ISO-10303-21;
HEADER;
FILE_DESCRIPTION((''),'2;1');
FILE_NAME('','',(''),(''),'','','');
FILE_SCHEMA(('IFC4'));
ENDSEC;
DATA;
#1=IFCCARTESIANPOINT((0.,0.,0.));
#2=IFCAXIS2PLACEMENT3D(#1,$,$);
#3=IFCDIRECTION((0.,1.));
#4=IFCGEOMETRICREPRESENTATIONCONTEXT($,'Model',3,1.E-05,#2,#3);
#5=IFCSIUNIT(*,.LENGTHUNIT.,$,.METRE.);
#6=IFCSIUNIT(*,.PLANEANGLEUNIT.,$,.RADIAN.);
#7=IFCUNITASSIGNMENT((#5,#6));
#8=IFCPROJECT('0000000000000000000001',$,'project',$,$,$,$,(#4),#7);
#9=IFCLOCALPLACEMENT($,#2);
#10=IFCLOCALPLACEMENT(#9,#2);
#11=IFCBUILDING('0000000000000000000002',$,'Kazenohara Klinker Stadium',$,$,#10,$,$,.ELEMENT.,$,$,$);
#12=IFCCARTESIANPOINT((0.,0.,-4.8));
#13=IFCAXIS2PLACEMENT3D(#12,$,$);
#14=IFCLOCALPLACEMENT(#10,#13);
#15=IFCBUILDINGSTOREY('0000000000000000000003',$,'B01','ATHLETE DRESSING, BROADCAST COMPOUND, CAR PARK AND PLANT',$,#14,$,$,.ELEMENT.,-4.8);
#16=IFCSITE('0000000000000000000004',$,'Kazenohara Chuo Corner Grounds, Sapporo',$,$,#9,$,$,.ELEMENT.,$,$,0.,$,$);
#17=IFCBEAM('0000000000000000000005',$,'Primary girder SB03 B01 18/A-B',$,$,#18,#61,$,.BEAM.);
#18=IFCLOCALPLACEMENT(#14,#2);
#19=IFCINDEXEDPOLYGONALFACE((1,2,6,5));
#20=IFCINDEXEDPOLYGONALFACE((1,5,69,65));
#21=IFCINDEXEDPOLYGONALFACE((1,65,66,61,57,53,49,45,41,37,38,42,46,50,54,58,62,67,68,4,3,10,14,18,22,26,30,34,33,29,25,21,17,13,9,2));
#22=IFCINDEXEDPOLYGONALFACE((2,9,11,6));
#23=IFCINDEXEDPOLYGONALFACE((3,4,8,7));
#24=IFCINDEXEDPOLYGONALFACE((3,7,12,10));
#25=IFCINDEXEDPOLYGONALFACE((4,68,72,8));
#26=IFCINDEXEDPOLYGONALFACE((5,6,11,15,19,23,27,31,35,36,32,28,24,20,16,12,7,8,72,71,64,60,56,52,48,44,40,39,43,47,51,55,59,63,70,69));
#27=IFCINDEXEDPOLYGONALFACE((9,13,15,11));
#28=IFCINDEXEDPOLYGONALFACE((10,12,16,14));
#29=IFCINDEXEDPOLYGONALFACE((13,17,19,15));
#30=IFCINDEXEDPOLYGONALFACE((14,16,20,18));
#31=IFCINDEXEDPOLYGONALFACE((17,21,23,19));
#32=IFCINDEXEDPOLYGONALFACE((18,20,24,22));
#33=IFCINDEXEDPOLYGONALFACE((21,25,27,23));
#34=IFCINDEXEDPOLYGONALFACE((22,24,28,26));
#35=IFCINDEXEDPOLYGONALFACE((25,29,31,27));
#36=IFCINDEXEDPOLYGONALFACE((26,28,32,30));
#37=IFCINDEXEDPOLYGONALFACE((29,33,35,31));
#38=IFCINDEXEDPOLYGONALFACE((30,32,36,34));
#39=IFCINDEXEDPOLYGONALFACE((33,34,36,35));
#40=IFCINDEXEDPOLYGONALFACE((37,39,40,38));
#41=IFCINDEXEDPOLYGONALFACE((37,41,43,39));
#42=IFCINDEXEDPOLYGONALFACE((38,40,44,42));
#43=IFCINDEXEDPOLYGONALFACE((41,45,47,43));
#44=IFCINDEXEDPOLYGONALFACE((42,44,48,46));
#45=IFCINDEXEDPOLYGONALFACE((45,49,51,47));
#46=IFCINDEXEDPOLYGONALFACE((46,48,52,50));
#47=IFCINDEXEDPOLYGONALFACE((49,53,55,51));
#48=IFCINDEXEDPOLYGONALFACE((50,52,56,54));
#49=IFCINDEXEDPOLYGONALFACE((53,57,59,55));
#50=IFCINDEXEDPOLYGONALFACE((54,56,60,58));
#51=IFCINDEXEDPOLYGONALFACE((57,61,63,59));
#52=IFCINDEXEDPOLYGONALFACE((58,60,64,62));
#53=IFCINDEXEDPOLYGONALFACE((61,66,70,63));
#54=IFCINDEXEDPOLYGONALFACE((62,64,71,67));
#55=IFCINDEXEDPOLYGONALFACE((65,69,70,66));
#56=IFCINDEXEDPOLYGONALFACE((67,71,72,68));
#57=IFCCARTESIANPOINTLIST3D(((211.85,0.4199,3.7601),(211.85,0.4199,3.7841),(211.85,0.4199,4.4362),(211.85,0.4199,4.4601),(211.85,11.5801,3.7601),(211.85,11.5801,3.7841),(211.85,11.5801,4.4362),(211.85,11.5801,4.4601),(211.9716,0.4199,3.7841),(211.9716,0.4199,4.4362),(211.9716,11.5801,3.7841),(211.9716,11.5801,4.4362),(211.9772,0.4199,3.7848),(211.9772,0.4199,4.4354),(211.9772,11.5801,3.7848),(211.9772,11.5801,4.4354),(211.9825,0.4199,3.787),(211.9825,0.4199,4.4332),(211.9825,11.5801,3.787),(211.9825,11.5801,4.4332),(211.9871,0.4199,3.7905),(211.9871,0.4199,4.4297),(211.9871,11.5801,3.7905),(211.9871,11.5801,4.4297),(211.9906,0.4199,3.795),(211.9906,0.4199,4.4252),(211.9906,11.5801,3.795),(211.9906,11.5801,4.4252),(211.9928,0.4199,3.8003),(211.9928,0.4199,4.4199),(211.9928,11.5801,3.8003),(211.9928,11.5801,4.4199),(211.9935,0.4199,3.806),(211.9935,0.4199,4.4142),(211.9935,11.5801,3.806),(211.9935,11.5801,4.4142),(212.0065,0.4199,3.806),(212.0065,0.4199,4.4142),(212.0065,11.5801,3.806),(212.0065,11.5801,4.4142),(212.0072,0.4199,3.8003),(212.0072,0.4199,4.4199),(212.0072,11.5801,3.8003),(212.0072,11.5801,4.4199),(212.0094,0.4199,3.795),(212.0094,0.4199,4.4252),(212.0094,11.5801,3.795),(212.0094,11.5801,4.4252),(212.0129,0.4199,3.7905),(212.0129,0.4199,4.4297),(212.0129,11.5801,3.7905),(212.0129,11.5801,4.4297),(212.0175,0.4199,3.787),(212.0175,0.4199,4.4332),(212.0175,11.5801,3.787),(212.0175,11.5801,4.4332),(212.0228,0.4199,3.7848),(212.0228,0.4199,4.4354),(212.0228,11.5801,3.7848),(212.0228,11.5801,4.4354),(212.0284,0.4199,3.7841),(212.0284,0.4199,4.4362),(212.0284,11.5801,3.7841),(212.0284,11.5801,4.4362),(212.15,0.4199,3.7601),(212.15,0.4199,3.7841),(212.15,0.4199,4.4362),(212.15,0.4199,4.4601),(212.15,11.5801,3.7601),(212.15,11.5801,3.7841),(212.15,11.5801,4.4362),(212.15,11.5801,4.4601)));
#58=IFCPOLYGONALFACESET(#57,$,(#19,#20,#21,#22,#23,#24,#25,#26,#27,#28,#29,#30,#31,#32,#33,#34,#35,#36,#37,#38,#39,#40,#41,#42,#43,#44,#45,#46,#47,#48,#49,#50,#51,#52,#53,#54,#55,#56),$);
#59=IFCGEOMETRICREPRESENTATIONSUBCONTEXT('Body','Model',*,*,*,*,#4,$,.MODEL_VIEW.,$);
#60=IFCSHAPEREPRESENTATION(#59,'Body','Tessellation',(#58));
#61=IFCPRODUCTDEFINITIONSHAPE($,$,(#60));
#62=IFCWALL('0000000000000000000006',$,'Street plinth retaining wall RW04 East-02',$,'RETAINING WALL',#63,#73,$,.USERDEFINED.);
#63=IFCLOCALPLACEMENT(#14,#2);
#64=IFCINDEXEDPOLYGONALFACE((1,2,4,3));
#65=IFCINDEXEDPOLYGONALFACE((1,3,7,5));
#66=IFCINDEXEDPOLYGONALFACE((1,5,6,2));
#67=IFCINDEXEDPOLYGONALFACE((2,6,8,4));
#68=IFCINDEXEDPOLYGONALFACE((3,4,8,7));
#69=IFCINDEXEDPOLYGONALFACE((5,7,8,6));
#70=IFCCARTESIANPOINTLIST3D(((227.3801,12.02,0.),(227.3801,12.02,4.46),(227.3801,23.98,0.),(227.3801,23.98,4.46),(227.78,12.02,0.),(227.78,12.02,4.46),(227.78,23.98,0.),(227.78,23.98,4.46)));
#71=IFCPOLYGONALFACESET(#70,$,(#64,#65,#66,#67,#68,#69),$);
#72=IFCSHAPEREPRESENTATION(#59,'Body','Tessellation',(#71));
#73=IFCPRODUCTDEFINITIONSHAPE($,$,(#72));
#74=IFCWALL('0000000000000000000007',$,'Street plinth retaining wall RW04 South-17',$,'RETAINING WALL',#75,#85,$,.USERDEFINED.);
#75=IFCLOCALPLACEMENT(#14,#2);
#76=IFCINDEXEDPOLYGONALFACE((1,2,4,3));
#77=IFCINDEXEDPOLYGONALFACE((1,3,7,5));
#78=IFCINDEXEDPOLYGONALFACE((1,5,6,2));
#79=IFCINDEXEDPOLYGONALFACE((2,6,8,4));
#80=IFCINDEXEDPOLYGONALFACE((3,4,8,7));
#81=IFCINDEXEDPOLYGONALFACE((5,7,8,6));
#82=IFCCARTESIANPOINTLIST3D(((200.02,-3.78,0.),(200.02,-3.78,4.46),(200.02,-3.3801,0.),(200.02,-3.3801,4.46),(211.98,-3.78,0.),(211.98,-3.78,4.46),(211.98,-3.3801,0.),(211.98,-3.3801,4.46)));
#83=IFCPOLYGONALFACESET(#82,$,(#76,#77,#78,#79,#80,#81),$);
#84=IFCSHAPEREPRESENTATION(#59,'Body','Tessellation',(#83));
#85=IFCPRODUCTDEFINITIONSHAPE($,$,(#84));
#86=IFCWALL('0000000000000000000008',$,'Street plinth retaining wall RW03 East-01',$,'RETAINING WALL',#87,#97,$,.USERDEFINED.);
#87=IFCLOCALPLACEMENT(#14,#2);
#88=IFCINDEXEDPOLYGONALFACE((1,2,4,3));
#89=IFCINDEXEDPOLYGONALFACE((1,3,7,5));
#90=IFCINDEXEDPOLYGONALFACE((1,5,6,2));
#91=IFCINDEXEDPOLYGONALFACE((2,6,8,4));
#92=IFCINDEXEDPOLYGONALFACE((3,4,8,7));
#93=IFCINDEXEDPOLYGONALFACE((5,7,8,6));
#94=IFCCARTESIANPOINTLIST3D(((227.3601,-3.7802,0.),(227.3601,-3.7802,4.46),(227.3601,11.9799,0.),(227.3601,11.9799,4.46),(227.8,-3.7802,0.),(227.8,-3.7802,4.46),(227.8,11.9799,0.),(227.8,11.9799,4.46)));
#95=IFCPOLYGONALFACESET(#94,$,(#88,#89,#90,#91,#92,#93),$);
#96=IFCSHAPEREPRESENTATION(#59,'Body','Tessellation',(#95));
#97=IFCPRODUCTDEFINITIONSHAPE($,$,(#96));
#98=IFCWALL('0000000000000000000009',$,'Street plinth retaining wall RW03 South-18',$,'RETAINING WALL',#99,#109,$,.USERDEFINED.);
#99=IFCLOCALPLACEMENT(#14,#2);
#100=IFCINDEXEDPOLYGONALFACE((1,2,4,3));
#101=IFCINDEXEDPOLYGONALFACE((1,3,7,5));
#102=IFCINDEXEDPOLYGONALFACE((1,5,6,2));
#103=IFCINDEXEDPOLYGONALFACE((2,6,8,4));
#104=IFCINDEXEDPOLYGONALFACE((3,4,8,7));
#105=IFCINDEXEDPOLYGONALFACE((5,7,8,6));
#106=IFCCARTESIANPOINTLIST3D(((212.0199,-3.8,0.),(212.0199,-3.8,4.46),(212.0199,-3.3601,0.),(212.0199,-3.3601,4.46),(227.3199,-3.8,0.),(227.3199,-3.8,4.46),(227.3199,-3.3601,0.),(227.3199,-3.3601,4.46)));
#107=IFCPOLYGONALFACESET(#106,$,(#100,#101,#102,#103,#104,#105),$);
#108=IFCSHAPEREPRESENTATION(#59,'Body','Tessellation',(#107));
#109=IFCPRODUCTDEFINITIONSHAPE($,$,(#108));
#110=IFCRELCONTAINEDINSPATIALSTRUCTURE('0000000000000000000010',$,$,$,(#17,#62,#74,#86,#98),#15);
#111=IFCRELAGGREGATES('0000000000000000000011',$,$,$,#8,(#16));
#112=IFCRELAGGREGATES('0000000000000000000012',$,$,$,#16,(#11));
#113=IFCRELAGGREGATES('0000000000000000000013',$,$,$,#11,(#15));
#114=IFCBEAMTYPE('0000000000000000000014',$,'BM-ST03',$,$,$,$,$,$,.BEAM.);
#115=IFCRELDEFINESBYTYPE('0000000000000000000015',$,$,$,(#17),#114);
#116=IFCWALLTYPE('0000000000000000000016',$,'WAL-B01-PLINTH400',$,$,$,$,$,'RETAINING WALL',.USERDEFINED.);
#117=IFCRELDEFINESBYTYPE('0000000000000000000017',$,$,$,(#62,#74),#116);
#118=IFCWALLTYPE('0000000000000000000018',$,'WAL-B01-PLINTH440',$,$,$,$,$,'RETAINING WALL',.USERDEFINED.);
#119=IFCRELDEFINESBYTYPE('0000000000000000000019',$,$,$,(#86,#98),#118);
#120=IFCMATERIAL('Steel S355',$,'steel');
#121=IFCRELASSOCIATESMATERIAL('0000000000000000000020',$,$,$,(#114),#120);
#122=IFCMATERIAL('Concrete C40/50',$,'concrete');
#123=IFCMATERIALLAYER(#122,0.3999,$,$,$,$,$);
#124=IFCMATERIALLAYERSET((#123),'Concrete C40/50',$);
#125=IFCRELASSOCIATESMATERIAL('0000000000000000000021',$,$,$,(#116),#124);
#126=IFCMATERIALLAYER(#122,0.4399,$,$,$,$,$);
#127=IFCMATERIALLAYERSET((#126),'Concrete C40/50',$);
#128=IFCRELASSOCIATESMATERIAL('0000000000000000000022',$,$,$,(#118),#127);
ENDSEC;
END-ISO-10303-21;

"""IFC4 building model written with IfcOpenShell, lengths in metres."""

from ifc_helpers import new_model, si_unit, direction, frame, frame_2d, origin, origin_2d, place, context, subcontext, project, spatial, rectangle, i_section, extrude, material, layer, layer_set, material_profile, profile_set, type_object, element, save


model = new_model("IFC4")

# Units and contexts
model_context = context("Model", 3, precision=1e-05, world=origin(), true_north=direction((0.0, 1.0)))
body_context = subcontext(model_context, "Body", "Model", "MODEL_VIEW")
ifc_project = project(units=[si_unit("LENGTHUNIT", "METRE"), si_unit("PLANEANGLEUNIT", "RADIAN")], contexts=[model_context])

# Site, building, storey
site_placement = place(None, origin())
site = spatial("IfcSite", under=ifc_project, at=site_placement, Name="Kazenohara Chuo Corner Grounds, Sapporo", CompositionType="ELEMENT", RefElevation=0.0)
building_placement = place(site_placement, origin())
building = spatial("IfcBuilding", under=site, at=building_placement, Name="Kazenohara Klinker Stadium", CompositionType="ELEMENT")
storey_placement = place(building_placement, frame((0.0, 0.0, -4.8)))
storey = spatial("IfcBuildingStorey", under=building, at=storey_placement, Name="B01", Description="ATHLETE DRESSING, BROADCAST COMPOUND, CAR PARK AND PLANT", CompositionType="ELEMENT", Elevation=-4.8)

# Shared definitions
ifc_material_1 = material(Name="Concrete C40/50", Category="concrete")

# Beam
ifc_material_2 = material(Name="Steel S355", Category="steel")
ifc_material_profile_1 = material_profile(ifc_material_2, i_section(OverallWidth=0.3, OverallDepth=0.7, WebThickness=0.0129, FlangeThickness=0.0239, FilletRadius=0.022, at=origin_2d()), Name="H-700x300x13x24")
ifc_profile_set_1 = profile_set([ifc_material_profile_1], Name="Steel S355")
beam_type_1 = type_object("IfcBeamType", Name="BM-ST03", PredefinedType="BEAM", material=ifc_profile_set_1)
for number, where, z_axis, x_axis, name in (
    (1, (212.0, 0.4199, 4.1101), (0.0, 1.0, 0.0), (-1.0, 0.0, 0.0), "Primary girder SB03 B01 18/A-B"),
):
    element("IfcBeam", number, at=place(storey_placement, frame(where, z_axis=z_axis, x_axis=x_axis)), inside=storey, type_object=beam_type_1, Name=name, PredefinedType="BEAM", context=body_context, shape_type="SweptSolid", body=[
        extrude(i_section(OverallWidth=0.3, OverallDepth=0.7, WebThickness=0.0129, FlangeThickness=0.0239, FilletRadius=0.022, at=origin_2d()), origin(), (0.0, 0.0, 1.0), 11.1602),
    ])

# Walls
ifc_layer_1 = layer(ifc_material_1, 0.3999)
ifc_layer_set_1 = layer_set([ifc_layer_1], Name="Concrete C40/50")
wall_type_1 = type_object("IfcWallType", Name="WAL-B01-PLINTH400", ElementType="RETAINING WALL", PredefinedType="USERDEFINED", material=ifc_layer_set_1)
for number, where, z_axis, x_axis, name in (
    (2, (227.5801, 12.02, 0.0), (0.0, 0.0, 1.0), (0.0, 1.0, 0.0), "Street plinth retaining wall RW04 East-02"),
    (3, (200.02, -3.5801, 0.0), (0.0, 0.0, 1.0), (1.0, 0.0, 0.0), "Street plinth retaining wall RW04 South-17"),
):
    element("IfcWall", number, at=place(storey_placement, frame(where, z_axis=z_axis, x_axis=x_axis)), inside=storey, type_object=wall_type_1, Name=name, ObjectType="RETAINING WALL", PredefinedType="USERDEFINED", context=body_context, shape_type="SweptSolid", body=[
        extrude(rectangle(XDim=11.96, YDim=0.3999, at=frame_2d((5.98, 0.0))), origin(), (0.0, 0.0, 1.0), 4.46),
    ])
ifc_layer_2 = layer(ifc_material_1, 0.4399)
ifc_layer_set_2 = layer_set([ifc_layer_2], Name="Concrete C40/50")
wall_type_2 = type_object("IfcWallType", Name="WAL-B01-PLINTH440", ElementType="RETAINING WALL", PredefinedType="USERDEFINED", material=ifc_layer_set_2)
wall_1_placement = place(storey_placement, frame((227.5801, -3.78, 0.0), z_axis=(0.0, 0.0, 1.0), x_axis=(0.0, 1.0, 0.0)))
element("IfcWall", 4, at=wall_1_placement, inside=storey, type_object=wall_type_2, Name="Street plinth retaining wall RW03 East-01", ObjectType="RETAINING WALL", PredefinedType="USERDEFINED", context=body_context, shape_type="SweptSolid", body=[
    extrude(rectangle(XDim=15.76, YDim=0.4399, at=frame_2d((7.8799, 0.0))), origin(), (0.0, 0.0, 1.0), 4.46),
])
wall_2_placement = place(storey_placement, frame((212.02, -3.5801, 0.0), z_axis=(0.0, 0.0, 1.0), x_axis=(1.0, 0.0, 0.0)))
element("IfcWall", 5, at=wall_2_placement, inside=storey, type_object=wall_type_2, Name="Street plinth retaining wall RW03 South-18", ObjectType="RETAINING WALL", PredefinedType="USERDEFINED", context=body_context, shape_type="SweptSolid", body=[
    extrude(rectangle(XDim=15.3, YDim=0.4399, at=frame_2d((7.6499, 0.0))), origin(), (0.0, 0.0, 1.0), 4.46),
])

save(model, "model.ifc")
